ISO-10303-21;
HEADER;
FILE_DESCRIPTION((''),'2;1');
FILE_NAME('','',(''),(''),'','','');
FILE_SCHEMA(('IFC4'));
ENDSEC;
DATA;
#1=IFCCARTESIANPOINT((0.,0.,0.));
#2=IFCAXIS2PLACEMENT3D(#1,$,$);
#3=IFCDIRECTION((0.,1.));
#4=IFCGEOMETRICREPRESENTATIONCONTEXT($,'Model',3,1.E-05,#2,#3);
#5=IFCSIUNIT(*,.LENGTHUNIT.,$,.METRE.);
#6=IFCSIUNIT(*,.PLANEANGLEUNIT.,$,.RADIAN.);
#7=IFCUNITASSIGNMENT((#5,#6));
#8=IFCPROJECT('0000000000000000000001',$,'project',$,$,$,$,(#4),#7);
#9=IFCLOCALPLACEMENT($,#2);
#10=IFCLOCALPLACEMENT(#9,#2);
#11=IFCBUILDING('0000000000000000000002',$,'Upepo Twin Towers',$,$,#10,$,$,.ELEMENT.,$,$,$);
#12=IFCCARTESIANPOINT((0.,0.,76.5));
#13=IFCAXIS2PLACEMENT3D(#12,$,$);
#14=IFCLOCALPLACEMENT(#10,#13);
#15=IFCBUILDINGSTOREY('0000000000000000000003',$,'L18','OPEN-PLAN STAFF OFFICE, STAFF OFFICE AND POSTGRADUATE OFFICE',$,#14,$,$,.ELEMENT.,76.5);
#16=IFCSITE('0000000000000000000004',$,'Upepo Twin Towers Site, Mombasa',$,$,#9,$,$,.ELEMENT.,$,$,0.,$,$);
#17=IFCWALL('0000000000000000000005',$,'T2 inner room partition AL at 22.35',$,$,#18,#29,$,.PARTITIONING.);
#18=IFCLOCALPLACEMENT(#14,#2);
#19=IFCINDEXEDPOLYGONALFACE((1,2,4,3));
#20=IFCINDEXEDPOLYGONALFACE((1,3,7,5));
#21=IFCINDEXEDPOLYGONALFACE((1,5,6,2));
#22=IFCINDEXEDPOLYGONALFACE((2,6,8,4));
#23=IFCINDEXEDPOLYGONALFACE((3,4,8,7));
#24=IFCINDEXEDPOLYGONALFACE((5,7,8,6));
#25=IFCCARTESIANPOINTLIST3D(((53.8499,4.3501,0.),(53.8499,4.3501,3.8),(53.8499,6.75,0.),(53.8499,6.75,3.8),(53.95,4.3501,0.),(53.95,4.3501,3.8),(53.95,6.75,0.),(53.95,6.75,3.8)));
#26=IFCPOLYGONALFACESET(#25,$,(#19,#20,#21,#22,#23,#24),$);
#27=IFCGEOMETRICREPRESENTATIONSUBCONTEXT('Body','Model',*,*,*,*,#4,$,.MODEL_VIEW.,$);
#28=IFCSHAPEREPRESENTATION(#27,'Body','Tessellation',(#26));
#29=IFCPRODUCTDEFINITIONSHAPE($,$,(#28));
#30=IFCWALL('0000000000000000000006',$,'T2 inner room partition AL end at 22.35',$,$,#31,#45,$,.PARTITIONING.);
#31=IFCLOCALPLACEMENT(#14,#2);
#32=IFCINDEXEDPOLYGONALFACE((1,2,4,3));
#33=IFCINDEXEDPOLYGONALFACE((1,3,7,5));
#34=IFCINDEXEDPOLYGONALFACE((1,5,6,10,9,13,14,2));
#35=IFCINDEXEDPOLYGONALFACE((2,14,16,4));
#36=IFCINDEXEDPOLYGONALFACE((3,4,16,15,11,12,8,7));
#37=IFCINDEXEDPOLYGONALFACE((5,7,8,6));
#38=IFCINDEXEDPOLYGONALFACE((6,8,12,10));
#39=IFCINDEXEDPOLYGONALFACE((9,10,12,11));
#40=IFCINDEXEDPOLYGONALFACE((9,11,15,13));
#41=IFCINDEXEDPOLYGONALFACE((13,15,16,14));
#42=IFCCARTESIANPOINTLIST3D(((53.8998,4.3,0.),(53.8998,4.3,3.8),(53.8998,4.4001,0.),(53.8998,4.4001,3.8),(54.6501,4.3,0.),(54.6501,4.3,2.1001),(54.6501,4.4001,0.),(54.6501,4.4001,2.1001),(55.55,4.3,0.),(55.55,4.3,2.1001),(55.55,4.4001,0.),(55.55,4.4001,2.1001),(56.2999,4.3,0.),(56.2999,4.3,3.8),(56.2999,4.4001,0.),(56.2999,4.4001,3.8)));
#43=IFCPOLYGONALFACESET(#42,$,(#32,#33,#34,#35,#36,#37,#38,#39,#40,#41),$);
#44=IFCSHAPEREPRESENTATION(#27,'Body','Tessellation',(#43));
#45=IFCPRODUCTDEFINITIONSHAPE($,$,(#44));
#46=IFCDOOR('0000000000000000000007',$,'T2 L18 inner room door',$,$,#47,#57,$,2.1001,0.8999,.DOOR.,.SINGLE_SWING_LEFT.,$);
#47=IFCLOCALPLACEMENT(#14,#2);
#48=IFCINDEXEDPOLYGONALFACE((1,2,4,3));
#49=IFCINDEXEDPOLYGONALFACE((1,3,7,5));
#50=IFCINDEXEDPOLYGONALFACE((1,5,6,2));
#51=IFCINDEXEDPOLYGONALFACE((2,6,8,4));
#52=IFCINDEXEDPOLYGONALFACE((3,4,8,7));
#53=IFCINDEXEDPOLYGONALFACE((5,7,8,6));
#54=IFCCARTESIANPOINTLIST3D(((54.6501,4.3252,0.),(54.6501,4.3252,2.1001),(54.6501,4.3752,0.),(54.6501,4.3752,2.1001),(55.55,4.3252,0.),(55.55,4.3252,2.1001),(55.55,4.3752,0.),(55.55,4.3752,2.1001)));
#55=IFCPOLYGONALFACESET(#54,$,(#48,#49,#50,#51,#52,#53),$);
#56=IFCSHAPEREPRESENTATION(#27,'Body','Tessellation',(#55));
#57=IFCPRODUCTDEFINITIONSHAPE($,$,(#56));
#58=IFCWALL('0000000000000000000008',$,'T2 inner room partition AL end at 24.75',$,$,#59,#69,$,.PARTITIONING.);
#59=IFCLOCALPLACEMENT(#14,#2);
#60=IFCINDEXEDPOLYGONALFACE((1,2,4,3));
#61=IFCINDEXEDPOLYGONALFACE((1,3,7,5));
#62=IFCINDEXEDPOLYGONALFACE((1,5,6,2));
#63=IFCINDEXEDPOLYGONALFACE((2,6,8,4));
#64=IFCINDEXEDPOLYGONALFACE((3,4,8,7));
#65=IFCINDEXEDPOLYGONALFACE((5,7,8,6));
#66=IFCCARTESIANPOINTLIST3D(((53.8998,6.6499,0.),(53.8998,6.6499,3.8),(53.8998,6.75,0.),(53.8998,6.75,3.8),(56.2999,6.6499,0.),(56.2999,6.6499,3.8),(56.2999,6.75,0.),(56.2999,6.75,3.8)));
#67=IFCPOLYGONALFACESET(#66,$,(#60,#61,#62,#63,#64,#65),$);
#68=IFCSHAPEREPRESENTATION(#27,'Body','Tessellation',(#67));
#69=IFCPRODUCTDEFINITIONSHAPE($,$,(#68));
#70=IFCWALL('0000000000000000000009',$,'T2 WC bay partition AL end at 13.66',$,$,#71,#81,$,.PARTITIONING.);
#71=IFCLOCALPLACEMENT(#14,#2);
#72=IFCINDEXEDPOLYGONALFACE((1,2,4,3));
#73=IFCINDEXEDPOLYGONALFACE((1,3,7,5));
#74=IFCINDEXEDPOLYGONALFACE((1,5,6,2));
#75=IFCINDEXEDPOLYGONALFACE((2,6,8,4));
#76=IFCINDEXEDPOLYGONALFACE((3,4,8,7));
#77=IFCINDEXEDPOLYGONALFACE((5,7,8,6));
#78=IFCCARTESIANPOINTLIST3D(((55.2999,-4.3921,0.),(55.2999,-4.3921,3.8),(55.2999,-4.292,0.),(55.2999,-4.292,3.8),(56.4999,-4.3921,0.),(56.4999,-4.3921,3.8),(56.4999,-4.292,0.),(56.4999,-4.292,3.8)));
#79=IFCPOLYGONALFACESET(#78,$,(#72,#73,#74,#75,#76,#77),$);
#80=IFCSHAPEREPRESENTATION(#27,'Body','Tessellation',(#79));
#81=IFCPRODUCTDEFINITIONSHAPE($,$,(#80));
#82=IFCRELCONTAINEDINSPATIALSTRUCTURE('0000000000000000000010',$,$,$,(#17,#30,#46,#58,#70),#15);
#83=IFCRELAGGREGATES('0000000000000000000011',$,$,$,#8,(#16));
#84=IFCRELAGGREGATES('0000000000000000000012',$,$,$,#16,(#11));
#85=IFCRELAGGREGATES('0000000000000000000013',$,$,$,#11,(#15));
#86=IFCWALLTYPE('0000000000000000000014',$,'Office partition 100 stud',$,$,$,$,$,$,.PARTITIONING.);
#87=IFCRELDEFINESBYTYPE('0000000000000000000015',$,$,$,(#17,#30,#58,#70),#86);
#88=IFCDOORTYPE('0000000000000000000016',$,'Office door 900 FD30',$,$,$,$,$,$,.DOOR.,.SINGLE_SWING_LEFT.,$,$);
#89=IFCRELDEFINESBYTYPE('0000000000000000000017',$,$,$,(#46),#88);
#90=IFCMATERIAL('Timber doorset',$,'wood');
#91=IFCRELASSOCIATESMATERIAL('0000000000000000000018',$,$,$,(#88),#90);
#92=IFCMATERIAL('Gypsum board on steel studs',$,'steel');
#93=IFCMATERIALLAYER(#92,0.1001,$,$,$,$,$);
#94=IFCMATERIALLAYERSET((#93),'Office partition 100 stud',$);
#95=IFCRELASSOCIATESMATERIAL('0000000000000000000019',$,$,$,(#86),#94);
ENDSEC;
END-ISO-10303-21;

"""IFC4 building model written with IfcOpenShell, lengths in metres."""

from ifc_helpers import new_model, si_unit, direction, frame, frame_2d, origin, place, context, subcontext, project, spatial, rectangle, extrude, material, layer, layer_set, type_object, element, fill, save


model = new_model("IFC4")

# Units and contexts
model_context = context("Model", 3, precision=1e-05, world=origin(), true_north=direction((0.0, 1.0)))
body_context = subcontext(model_context, "Body", "Model", "MODEL_VIEW")
ifc_project = project(units=[si_unit("LENGTHUNIT", "METRE"), si_unit("PLANEANGLEUNIT", "RADIAN")], contexts=[model_context])

# Site, building, storey
site_placement = place(None, origin())
site = spatial("IfcSite", under=ifc_project, at=site_placement, Name="Upepo Twin Towers Site, Mombasa", CompositionType="ELEMENT", RefElevation=0.0)
building_placement = place(site_placement, origin())
building = spatial("IfcBuilding", under=site, at=building_placement, Name="Upepo Twin Towers", CompositionType="ELEMENT")
storey_placement = place(building_placement, frame((0.0, 0.0, 76.5)))
storey = spatial("IfcBuildingStorey", under=building, at=storey_placement, Name="L18", Description="OPEN-PLAN STAFF OFFICE, STAFF OFFICE AND POSTGRADUATE OFFICE", CompositionType="ELEMENT", Elevation=76.5)

# Shared definitions
ifc_material_1 = material(Name="Timber doorset", Category="wood")
door_type_1 = type_object("IfcDoorType", Name="Office door 900 FD30", OperationType="SINGLE_SWING_LEFT", PredefinedType="DOOR", material=ifc_material_1)

# Wall
ifc_material_2 = material(Name="Gypsum board on steel studs", Category="steel")
ifc_layer_1 = layer(ifc_material_2, 0.1001)
ifc_layer_set_1 = layer_set([ifc_layer_1], Name="Office partition 100 stud")
wall_type_1 = type_object("IfcWallType", Name="Office partition 100 stud", PredefinedType="PARTITIONING", material=ifc_layer_set_1)
wall_1_placement = place(storey_placement, frame((53.8999, 4.3501, 0.0), z_axis=(0.0, 0.0, 1.0), x_axis=(0.0, 1.0, 0.0)))
element("IfcWall", 1, at=wall_1_placement, inside=storey, type_object=wall_type_1, Name="T2 inner room partition AL at 22.35", PredefinedType="PARTITIONING", context=body_context, shape_type="SweptSolid", body=[
    extrude(rectangle(XDim=2.3999, YDim=0.1001, at=frame_2d((1.2, 0.0))), origin(), (0.0, 0.0, 1.0), 3.8),
])

# Wall, opening, door
wall_2_placement = place(storey_placement, frame((56.3, 4.3501, 0.0), z_axis=(0.0, 0.0, 1.0), x_axis=(-1.0, 0.0, 0.0)))
wall_2 = element("IfcWall", 2, at=wall_2_placement, inside=storey, type_object=wall_type_1, Name="T2 inner room partition AL end at 22.35", PredefinedType="PARTITIONING", context=body_context, shape_type="SweptSolid", body=[
    extrude(rectangle(XDim=2.4001, YDim=0.1001, at=frame_2d((1.2002, 0.0))), origin(), (0.0, 0.0, 1.0), 3.8),
])
opening_1_placement = place(wall_2_placement, frame((0.75, 0.0, 0.0)))
opening_1 = element("IfcOpeningElement", 3, at=opening_1_placement, cuts=wall_2, PredefinedType="OPENING", context=body_context, shape_type="SweptSolid", body=[
    extrude(rectangle(XDim=0.8999, YDim=2.1001, at=frame_2d((0.45, 1.05))), frame((0.0, 0.0601, 0.0), z_axis=(0.0, -1.0, 0.0), x_axis=(1.0, 0.0, 0.0)), (0.0, 0.0, 1.0), 0.1201),
])
door_1_placement = place(opening_1_placement, origin())
door_1 = element("IfcDoor", 4, at=door_1_placement, inside=storey, type_object=door_type_1, Name="T2 L18 inner room door", OperationType="SINGLE_SWING_LEFT", OverallHeight=2.1001, OverallWidth=0.8999, PredefinedType="DOOR", context=body_context, shape_type="SweptSolid", body=[
    extrude(rectangle(XDim=0.8999, YDim=2.1001, at=frame_2d((0.45, 1.05))), frame((0.0, 0.0249, 0.0), z_axis=(0.0, -1.0, 0.0), x_axis=(1.0, 0.0, 0.0)), (0.0, 0.0, 1.0), 0.05),
])
fill(opening_1, door_1)

# Walls
wall_3_placement = place(storey_placement, frame((56.3, 6.7, 0.0), z_axis=(0.0, 0.0, 1.0), x_axis=(-1.0, 0.0, 0.0)))
element("IfcWall", 5, at=wall_3_placement, inside=storey, type_object=wall_type_1, Name="T2 inner room partition AL end at 24.75", PredefinedType="PARTITIONING", context=body_context, shape_type="SweptSolid", body=[
    extrude(rectangle(XDim=2.4001, YDim=0.1001, at=frame_2d((1.2002, 0.0))), origin(), (0.0, 0.0, 1.0), 3.8),
])
wall_4_placement = place(storey_placement, frame((56.5, -4.342, 0.0), z_axis=(0.0, 0.0, 1.0), x_axis=(-1.0, 0.0, 0.0)))
element("IfcWall", 6, at=wall_4_placement, inside=storey, type_object=wall_type_1, Name="T2 WC bay partition AL end at 13.66", PredefinedType="PARTITIONING", context=body_context, shape_type="SweptSolid", body=[
    extrude(rectangle(XDim=1.2, YDim=0.1001, at=frame_2d((0.6001, 0.0))), origin(), (0.0, 0.0, 1.0), 3.8),
])

save(model, "model.ifc")
